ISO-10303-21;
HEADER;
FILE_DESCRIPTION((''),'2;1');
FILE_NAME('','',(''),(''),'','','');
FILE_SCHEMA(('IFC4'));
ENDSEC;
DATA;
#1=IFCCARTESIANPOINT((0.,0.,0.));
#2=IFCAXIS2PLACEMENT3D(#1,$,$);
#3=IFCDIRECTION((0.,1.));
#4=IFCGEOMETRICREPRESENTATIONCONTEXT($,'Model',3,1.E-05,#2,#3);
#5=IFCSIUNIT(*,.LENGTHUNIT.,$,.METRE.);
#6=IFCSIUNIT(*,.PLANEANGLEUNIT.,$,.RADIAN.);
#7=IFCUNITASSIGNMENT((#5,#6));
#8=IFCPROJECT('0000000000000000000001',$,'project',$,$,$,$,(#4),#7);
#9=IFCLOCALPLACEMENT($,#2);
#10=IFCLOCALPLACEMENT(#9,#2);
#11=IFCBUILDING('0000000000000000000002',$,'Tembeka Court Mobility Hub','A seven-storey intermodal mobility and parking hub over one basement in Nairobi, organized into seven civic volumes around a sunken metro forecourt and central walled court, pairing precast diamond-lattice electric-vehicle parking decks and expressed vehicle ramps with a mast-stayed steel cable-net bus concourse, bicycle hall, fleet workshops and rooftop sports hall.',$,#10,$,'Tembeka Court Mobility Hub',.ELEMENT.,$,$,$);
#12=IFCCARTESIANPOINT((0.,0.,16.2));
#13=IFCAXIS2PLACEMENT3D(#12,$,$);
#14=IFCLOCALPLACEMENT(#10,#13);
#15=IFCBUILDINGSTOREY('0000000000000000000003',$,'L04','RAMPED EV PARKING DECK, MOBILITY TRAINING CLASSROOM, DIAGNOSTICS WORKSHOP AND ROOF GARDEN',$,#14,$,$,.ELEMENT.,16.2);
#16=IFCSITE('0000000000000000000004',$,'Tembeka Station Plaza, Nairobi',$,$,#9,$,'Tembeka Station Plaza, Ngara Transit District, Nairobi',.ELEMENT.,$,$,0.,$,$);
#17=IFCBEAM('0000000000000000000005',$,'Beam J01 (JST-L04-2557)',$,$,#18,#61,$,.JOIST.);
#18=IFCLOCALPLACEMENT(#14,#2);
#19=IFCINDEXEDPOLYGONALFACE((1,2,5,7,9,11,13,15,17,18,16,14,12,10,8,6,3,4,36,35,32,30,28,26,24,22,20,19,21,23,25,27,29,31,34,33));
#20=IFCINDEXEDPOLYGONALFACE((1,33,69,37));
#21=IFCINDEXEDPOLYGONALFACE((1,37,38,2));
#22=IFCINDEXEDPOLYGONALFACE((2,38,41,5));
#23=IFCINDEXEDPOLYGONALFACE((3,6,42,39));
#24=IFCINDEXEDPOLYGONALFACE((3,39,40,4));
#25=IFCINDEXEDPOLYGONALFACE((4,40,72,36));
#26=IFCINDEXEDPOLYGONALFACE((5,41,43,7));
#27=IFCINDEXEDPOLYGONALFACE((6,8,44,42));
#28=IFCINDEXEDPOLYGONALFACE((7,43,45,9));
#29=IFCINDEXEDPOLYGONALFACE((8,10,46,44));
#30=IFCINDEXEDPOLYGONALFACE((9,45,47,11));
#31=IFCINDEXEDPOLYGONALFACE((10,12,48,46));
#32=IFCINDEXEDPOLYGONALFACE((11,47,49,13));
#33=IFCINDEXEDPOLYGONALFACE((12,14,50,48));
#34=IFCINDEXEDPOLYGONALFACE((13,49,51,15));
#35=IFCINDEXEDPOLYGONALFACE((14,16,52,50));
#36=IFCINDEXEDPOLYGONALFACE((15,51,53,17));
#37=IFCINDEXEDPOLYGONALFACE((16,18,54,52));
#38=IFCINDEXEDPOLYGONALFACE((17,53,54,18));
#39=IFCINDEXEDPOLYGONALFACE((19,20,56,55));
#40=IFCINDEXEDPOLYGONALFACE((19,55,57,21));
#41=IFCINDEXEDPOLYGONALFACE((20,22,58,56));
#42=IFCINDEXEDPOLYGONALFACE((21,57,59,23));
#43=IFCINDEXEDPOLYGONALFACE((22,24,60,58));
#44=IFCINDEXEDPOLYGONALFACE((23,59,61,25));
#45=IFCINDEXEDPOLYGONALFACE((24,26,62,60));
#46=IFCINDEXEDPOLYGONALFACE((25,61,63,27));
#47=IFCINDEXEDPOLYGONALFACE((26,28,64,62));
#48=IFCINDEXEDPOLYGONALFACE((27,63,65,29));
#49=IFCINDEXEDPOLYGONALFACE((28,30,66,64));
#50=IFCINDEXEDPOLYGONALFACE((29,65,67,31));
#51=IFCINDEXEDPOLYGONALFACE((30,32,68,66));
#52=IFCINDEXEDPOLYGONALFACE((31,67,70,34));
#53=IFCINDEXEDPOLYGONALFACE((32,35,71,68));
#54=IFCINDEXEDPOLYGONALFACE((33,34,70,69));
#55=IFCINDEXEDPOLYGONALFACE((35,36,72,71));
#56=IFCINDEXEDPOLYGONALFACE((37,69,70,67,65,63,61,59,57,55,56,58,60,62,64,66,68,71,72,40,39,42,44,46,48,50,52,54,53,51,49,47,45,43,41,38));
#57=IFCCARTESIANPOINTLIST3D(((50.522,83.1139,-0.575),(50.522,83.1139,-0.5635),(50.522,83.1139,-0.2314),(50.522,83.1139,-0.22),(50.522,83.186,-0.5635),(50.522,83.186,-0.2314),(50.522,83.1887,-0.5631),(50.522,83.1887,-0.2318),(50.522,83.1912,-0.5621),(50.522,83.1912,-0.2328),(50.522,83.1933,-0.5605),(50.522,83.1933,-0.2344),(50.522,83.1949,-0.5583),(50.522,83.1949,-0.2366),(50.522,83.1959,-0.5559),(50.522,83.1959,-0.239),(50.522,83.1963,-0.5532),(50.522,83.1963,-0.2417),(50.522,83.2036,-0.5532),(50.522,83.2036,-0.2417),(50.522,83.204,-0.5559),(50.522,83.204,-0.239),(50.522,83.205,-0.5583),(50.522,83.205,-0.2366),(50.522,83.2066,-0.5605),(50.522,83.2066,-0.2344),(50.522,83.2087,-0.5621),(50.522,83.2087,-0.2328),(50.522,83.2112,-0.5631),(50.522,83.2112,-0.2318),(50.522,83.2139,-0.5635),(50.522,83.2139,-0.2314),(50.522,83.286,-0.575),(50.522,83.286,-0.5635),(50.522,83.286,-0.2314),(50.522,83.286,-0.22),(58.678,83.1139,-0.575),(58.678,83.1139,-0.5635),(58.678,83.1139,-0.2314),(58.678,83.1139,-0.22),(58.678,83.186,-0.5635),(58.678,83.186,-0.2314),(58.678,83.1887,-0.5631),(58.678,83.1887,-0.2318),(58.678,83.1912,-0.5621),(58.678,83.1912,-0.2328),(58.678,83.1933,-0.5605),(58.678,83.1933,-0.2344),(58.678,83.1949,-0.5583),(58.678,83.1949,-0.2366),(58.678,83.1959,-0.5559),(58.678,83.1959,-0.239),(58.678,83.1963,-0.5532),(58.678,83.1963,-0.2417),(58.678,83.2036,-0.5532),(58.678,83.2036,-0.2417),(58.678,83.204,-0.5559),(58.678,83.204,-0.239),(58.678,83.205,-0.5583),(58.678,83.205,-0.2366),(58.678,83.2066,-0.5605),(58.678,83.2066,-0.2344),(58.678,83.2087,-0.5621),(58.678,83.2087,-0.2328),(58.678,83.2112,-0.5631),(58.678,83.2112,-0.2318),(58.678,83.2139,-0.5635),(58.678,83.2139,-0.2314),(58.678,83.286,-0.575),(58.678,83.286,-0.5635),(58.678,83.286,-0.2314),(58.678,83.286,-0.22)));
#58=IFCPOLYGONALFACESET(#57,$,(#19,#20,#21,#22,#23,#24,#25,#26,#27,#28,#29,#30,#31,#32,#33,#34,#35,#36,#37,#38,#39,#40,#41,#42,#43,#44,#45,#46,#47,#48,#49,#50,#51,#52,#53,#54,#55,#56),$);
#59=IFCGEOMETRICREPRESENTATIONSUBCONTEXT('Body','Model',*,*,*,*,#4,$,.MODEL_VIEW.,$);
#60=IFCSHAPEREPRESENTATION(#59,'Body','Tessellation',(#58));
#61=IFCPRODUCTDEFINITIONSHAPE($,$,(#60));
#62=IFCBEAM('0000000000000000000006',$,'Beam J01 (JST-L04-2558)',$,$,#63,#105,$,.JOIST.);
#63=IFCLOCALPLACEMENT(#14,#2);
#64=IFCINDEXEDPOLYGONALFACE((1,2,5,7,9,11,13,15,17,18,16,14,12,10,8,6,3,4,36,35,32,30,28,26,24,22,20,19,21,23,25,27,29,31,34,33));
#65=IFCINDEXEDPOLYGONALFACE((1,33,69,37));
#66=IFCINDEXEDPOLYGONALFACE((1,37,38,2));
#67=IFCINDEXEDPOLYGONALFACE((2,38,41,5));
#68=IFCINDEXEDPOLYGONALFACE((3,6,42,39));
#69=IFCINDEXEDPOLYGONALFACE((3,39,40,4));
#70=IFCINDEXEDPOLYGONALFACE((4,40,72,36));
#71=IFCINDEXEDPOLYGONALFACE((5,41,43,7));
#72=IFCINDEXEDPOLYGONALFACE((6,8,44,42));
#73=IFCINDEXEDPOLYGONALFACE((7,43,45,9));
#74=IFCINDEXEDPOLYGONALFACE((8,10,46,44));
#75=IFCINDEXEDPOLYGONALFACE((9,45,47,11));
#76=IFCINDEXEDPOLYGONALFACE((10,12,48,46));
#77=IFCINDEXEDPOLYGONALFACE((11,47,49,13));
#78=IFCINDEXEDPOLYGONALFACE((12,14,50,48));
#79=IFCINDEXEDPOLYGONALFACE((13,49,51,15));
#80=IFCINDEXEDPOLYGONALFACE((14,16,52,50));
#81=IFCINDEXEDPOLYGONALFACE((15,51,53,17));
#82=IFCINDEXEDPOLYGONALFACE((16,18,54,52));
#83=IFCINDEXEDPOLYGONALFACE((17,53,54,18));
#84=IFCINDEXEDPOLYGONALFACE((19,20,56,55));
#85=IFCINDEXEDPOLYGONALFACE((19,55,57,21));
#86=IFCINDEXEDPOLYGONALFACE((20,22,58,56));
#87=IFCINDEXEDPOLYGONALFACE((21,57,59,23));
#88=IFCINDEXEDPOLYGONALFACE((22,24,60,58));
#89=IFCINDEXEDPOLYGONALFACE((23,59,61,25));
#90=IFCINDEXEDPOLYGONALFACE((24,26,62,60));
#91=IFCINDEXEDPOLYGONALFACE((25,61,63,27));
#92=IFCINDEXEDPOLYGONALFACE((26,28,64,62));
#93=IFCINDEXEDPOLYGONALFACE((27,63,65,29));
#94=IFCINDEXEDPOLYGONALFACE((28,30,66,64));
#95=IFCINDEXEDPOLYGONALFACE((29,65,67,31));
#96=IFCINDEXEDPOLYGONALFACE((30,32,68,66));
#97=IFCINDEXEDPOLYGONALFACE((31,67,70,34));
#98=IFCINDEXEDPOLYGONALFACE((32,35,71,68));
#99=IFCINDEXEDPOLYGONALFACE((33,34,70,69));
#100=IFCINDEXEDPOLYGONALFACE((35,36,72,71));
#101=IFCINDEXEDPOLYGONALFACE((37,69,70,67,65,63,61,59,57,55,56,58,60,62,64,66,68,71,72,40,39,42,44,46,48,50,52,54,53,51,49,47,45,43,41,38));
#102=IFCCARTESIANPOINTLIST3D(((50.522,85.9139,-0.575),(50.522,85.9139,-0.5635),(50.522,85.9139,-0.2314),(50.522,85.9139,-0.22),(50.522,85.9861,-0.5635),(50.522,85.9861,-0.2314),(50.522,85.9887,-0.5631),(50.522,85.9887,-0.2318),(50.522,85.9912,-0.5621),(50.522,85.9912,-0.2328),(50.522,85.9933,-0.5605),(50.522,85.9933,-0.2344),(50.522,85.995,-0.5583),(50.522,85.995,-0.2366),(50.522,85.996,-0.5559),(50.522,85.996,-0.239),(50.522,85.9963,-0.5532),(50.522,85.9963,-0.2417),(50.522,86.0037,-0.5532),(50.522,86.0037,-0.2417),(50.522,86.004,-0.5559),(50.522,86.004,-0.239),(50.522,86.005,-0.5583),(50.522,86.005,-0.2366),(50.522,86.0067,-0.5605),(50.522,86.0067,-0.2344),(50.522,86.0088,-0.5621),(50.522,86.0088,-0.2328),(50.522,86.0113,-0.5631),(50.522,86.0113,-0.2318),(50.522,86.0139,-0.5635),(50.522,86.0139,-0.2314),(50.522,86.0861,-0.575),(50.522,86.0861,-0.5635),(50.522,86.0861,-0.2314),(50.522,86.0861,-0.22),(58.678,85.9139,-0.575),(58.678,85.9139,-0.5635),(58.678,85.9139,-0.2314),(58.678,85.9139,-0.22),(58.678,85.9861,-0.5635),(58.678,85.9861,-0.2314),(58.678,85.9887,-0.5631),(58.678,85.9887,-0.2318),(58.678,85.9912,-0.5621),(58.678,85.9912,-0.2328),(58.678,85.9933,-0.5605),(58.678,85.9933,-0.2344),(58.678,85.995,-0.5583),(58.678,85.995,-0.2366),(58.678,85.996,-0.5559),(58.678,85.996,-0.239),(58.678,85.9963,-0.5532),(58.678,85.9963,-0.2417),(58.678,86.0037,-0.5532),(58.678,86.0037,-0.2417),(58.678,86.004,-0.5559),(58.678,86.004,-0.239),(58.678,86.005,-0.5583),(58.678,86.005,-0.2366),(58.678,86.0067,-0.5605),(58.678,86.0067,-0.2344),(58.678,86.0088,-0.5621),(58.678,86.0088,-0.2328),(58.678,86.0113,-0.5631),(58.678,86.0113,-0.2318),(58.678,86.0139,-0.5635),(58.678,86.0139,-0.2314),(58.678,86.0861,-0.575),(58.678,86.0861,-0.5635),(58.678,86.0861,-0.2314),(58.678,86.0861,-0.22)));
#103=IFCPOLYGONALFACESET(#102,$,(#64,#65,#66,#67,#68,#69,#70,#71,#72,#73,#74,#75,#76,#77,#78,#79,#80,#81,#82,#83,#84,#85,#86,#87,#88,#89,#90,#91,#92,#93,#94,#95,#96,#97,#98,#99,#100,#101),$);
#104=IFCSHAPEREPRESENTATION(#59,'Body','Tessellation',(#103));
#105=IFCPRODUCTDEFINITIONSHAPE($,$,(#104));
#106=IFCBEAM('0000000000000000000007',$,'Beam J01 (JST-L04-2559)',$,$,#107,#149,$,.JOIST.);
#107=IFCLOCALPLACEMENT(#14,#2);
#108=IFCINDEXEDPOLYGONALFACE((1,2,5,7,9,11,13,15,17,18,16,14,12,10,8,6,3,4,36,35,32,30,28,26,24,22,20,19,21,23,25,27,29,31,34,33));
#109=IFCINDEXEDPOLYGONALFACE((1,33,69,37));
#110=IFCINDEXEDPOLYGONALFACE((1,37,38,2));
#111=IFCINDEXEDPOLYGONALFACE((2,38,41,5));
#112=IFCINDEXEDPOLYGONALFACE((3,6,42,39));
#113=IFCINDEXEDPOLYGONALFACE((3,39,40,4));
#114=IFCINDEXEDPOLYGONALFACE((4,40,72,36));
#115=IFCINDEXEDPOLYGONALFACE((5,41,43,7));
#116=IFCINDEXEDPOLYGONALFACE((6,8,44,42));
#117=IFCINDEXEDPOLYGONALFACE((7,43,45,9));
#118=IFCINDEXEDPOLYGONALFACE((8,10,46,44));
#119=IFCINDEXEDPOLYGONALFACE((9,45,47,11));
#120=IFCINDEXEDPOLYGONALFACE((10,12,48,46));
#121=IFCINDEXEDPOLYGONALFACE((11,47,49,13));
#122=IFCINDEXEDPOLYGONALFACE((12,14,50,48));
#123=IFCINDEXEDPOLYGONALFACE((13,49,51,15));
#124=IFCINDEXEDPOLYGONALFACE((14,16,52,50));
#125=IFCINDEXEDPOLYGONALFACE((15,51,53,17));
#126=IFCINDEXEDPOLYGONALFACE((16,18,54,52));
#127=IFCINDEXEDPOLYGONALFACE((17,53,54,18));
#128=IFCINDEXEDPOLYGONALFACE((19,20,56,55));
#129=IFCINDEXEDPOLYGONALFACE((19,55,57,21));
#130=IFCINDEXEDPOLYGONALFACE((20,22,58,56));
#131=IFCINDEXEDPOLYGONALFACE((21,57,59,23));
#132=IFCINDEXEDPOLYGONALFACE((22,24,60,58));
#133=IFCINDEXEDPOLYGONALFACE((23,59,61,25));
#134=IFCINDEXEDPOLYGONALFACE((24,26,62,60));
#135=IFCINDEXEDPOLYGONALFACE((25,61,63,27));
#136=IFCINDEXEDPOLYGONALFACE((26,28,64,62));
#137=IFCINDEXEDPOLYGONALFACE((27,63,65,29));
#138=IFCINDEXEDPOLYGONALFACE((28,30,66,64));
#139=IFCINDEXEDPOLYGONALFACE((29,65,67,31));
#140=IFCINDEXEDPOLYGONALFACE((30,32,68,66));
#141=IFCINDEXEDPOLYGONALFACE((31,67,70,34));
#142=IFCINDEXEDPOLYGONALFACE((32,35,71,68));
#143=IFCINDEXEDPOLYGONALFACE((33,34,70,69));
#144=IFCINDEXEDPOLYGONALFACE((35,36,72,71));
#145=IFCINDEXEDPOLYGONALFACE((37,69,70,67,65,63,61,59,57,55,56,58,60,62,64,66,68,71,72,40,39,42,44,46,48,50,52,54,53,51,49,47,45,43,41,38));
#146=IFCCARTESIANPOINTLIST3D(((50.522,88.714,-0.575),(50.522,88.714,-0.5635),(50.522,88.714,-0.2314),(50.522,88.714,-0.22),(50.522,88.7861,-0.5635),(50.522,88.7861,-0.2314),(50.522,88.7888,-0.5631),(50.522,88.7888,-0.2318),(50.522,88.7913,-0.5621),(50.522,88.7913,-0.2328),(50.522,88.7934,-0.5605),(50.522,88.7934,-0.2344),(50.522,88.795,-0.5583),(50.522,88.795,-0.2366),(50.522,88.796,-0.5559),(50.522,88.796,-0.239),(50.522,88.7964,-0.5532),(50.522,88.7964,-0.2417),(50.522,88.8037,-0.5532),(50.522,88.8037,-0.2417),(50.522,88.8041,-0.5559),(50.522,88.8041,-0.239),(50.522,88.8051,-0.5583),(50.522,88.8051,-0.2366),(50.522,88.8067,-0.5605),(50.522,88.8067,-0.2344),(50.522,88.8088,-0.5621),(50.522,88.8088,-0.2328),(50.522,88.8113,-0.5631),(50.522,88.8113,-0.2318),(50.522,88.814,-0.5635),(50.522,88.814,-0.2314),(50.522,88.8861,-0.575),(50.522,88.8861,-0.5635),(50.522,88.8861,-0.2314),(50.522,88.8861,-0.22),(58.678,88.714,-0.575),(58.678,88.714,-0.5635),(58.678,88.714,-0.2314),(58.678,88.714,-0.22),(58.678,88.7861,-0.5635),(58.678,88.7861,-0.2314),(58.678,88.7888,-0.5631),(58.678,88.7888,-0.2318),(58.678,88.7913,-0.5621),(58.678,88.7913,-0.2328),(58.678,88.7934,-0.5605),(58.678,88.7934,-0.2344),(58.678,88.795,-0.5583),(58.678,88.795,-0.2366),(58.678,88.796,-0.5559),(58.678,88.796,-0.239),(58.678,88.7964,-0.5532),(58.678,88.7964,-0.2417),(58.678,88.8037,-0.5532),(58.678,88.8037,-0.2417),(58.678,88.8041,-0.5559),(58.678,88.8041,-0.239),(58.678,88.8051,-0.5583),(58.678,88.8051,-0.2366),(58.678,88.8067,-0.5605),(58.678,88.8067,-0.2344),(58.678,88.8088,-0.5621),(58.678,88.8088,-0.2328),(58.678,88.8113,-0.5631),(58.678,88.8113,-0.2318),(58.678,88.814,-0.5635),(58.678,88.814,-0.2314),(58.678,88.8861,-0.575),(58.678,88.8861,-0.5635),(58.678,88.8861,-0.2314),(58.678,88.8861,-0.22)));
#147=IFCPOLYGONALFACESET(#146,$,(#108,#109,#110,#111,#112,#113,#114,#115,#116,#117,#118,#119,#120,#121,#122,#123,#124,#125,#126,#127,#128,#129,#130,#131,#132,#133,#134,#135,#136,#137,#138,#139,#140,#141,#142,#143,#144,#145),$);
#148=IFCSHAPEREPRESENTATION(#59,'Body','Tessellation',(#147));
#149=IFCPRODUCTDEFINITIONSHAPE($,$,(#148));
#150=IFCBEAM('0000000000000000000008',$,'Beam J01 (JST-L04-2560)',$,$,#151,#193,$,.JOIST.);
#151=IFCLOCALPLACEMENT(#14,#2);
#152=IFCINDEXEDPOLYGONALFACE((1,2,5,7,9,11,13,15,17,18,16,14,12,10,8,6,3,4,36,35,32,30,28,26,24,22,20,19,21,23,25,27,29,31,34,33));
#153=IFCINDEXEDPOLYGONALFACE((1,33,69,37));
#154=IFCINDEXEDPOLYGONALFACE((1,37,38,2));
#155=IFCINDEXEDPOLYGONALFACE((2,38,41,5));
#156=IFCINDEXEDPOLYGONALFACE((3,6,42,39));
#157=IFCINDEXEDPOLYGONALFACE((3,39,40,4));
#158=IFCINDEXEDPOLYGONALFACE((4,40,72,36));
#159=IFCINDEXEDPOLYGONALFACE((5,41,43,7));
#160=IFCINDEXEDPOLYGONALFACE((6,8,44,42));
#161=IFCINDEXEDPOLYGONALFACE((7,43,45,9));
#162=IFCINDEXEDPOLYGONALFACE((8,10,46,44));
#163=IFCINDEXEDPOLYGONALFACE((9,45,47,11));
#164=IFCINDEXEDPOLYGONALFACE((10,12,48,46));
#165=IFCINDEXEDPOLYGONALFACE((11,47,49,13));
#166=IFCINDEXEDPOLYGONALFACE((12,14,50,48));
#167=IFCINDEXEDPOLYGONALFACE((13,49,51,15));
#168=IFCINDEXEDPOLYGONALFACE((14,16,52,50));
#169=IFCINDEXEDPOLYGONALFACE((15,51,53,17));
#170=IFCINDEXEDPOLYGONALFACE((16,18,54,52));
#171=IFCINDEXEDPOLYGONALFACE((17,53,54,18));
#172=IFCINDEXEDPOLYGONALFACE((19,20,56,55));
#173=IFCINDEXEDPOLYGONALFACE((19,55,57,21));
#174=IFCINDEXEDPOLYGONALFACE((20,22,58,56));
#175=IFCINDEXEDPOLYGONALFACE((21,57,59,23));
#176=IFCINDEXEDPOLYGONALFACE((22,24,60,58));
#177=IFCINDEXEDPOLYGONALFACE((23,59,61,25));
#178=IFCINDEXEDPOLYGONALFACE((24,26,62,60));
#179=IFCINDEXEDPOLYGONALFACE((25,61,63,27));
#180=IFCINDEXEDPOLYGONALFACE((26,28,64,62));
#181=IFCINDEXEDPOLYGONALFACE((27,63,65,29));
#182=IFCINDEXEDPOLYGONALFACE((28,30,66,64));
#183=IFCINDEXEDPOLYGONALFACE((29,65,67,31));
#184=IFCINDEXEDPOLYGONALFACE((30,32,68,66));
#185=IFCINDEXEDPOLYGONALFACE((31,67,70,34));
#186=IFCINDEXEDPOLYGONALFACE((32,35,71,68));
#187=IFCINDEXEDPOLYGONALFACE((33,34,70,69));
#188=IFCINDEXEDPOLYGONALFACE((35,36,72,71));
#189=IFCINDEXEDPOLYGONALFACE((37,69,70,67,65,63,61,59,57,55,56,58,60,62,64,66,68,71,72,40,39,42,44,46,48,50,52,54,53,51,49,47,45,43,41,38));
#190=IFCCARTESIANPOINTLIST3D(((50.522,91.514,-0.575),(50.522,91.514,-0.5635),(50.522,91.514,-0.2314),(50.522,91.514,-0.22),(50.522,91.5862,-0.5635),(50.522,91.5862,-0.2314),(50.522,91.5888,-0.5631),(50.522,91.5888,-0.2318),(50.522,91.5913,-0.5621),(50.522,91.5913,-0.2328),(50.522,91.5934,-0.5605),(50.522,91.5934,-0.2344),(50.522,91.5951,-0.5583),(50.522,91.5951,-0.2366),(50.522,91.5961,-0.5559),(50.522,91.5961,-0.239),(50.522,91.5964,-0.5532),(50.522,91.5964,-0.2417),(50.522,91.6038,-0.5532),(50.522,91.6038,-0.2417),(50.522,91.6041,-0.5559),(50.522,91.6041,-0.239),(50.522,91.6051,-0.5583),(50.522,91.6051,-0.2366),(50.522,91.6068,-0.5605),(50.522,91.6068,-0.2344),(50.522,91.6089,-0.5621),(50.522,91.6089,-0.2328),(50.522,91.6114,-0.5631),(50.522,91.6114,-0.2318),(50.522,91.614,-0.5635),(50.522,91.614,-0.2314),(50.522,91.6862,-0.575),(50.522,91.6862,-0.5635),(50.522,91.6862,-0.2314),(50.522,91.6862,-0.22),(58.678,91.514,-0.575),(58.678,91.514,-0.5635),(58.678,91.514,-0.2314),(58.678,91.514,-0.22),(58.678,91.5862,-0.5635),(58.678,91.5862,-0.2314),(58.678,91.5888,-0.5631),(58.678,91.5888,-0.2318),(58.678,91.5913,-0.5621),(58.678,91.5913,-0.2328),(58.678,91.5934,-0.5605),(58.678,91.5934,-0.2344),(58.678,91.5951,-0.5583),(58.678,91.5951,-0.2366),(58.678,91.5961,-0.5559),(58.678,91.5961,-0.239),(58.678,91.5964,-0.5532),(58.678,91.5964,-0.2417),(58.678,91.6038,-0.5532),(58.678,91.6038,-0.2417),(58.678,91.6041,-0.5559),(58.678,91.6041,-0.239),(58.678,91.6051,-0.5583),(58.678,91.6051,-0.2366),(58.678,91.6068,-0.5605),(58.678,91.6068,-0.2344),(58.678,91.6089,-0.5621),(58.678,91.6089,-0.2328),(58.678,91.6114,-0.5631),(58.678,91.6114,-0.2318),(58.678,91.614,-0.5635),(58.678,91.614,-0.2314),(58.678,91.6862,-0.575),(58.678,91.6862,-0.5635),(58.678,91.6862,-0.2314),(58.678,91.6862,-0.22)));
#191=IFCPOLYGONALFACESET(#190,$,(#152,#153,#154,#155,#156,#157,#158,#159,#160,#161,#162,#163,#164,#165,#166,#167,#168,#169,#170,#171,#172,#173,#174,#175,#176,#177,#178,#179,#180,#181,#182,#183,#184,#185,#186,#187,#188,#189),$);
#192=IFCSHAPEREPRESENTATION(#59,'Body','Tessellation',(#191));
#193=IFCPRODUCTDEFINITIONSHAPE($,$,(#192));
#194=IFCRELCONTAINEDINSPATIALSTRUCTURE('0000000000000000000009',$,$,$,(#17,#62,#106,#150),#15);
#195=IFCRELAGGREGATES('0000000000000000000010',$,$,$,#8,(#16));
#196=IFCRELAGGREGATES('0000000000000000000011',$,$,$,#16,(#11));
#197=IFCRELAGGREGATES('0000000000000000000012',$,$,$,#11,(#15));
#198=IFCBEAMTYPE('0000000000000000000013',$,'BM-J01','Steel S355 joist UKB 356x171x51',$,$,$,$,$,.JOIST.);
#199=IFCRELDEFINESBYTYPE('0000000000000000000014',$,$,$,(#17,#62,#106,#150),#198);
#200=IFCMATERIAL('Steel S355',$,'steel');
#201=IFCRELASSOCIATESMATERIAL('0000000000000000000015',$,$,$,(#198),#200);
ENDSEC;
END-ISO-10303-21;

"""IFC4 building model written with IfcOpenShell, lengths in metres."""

from ifc_helpers import new_model, si_unit, direction, frame, origin, origin_2d, place, context, subcontext, project, spatial, i_section, extrude, material, material_profile, profile_set, type_object, element, save


model = new_model("IFC4")

# Units and contexts
model_context = context("Model", 3, precision=1e-05, world=origin(), true_north=direction((0.0, 1.0)))
body_context = subcontext(model_context, "Body", "Model", "MODEL_VIEW")
ifc_project = project(units=[si_unit("LENGTHUNIT", "METRE"), si_unit("PLANEANGLEUNIT", "RADIAN")], contexts=[model_context])

# Site, building, storey
site_placement = place(None, origin())
site = spatial("IfcSite", under=ifc_project, at=site_placement, Name="Tembeka Station Plaza, Nairobi", LongName="Tembeka Station Plaza, Ngara Transit District, Nairobi", CompositionType="ELEMENT", RefElevation=0.0)
building_placement = place(site_placement, origin())
building = spatial("IfcBuilding", under=site, at=building_placement, Name="Tembeka Court Mobility Hub", Description="A seven-storey intermodal mobility and parking hub over one basement in Nairobi, organized into seven civic volumes around a sunken metro forecourt and central walled court, pairing precast diamond-lattice electric-vehicle parking decks and expressed vehicle ramps with a mast-stayed steel cable-net bus concourse, bicycle hall, fleet workshops and rooftop sports hall.", LongName="Tembeka Court Mobility Hub", CompositionType="ELEMENT")
storey_placement = place(building_placement, frame((0.0, 0.0, 16.2)))
storey = spatial("IfcBuildingStorey", under=building, at=storey_placement, Name="L04", Description="RAMPED EV PARKING DECK, MOBILITY TRAINING CLASSROOM, DIAGNOSTICS WORKSHOP AND ROOF GARDEN", CompositionType="ELEMENT", Elevation=16.2)

# Shared definitions
ifc_material = material(Name="Steel S355", Category="steel")

# Beams
ifc_material_profile_1 = material_profile(ifc_material, i_section(OverallWidth=0.1721, OverallDepth=0.355, WebThickness=0.0073, FlangeThickness=0.0115, FilletRadius=0.0103, at=origin_2d()), Name="UKB 356x171x51")
ifc_profile_set_1 = profile_set([ifc_material_profile_1], Name="Steel S355")
beam_type_1 = type_object("IfcBeamType", Name="BM-J01", Description="Steel S355 joist UKB 356x171x51", PredefinedType="JOIST", material=ifc_profile_set_1)
for number, where, z_axis, x_axis, name in (
    (1, (50.522, 83.2, -0.3975), (1.0, 0.0, 0.0), (0.0, 1.0, 0.0), "Beam J01 (JST-L04-2557)"),
    (2, (50.522, 86.0, -0.3975), (1.0, 0.0, 0.0), (0.0, 1.0, 0.0), "Beam J01 (JST-L04-2558)"),
    (3, (50.522, 88.8, -0.3975), (1.0, 0.0, 0.0), (0.0, 1.0, 0.0), "Beam J01 (JST-L04-2559)"),
    (4, (50.522, 91.6001, -0.3975), (1.0, 0.0, 0.0), (0.0, 1.0, 0.0), "Beam J01 (JST-L04-2560)"),
):
    element("IfcBeam", number, at=place(storey_placement, frame(where, z_axis=z_axis, x_axis=x_axis)), inside=storey, type_object=beam_type_1, Name=name, PredefinedType="JOIST", context=body_context, shape_type="SweptSolid", body=[
        extrude(i_section(OverallWidth=0.1721, OverallDepth=0.355, WebThickness=0.0073, FlangeThickness=0.0115, FilletRadius=0.0103, at=origin_2d()), origin(), (0.0, 0.0, 1.0), 8.156),
    ])

save(model, "model.ifc")
